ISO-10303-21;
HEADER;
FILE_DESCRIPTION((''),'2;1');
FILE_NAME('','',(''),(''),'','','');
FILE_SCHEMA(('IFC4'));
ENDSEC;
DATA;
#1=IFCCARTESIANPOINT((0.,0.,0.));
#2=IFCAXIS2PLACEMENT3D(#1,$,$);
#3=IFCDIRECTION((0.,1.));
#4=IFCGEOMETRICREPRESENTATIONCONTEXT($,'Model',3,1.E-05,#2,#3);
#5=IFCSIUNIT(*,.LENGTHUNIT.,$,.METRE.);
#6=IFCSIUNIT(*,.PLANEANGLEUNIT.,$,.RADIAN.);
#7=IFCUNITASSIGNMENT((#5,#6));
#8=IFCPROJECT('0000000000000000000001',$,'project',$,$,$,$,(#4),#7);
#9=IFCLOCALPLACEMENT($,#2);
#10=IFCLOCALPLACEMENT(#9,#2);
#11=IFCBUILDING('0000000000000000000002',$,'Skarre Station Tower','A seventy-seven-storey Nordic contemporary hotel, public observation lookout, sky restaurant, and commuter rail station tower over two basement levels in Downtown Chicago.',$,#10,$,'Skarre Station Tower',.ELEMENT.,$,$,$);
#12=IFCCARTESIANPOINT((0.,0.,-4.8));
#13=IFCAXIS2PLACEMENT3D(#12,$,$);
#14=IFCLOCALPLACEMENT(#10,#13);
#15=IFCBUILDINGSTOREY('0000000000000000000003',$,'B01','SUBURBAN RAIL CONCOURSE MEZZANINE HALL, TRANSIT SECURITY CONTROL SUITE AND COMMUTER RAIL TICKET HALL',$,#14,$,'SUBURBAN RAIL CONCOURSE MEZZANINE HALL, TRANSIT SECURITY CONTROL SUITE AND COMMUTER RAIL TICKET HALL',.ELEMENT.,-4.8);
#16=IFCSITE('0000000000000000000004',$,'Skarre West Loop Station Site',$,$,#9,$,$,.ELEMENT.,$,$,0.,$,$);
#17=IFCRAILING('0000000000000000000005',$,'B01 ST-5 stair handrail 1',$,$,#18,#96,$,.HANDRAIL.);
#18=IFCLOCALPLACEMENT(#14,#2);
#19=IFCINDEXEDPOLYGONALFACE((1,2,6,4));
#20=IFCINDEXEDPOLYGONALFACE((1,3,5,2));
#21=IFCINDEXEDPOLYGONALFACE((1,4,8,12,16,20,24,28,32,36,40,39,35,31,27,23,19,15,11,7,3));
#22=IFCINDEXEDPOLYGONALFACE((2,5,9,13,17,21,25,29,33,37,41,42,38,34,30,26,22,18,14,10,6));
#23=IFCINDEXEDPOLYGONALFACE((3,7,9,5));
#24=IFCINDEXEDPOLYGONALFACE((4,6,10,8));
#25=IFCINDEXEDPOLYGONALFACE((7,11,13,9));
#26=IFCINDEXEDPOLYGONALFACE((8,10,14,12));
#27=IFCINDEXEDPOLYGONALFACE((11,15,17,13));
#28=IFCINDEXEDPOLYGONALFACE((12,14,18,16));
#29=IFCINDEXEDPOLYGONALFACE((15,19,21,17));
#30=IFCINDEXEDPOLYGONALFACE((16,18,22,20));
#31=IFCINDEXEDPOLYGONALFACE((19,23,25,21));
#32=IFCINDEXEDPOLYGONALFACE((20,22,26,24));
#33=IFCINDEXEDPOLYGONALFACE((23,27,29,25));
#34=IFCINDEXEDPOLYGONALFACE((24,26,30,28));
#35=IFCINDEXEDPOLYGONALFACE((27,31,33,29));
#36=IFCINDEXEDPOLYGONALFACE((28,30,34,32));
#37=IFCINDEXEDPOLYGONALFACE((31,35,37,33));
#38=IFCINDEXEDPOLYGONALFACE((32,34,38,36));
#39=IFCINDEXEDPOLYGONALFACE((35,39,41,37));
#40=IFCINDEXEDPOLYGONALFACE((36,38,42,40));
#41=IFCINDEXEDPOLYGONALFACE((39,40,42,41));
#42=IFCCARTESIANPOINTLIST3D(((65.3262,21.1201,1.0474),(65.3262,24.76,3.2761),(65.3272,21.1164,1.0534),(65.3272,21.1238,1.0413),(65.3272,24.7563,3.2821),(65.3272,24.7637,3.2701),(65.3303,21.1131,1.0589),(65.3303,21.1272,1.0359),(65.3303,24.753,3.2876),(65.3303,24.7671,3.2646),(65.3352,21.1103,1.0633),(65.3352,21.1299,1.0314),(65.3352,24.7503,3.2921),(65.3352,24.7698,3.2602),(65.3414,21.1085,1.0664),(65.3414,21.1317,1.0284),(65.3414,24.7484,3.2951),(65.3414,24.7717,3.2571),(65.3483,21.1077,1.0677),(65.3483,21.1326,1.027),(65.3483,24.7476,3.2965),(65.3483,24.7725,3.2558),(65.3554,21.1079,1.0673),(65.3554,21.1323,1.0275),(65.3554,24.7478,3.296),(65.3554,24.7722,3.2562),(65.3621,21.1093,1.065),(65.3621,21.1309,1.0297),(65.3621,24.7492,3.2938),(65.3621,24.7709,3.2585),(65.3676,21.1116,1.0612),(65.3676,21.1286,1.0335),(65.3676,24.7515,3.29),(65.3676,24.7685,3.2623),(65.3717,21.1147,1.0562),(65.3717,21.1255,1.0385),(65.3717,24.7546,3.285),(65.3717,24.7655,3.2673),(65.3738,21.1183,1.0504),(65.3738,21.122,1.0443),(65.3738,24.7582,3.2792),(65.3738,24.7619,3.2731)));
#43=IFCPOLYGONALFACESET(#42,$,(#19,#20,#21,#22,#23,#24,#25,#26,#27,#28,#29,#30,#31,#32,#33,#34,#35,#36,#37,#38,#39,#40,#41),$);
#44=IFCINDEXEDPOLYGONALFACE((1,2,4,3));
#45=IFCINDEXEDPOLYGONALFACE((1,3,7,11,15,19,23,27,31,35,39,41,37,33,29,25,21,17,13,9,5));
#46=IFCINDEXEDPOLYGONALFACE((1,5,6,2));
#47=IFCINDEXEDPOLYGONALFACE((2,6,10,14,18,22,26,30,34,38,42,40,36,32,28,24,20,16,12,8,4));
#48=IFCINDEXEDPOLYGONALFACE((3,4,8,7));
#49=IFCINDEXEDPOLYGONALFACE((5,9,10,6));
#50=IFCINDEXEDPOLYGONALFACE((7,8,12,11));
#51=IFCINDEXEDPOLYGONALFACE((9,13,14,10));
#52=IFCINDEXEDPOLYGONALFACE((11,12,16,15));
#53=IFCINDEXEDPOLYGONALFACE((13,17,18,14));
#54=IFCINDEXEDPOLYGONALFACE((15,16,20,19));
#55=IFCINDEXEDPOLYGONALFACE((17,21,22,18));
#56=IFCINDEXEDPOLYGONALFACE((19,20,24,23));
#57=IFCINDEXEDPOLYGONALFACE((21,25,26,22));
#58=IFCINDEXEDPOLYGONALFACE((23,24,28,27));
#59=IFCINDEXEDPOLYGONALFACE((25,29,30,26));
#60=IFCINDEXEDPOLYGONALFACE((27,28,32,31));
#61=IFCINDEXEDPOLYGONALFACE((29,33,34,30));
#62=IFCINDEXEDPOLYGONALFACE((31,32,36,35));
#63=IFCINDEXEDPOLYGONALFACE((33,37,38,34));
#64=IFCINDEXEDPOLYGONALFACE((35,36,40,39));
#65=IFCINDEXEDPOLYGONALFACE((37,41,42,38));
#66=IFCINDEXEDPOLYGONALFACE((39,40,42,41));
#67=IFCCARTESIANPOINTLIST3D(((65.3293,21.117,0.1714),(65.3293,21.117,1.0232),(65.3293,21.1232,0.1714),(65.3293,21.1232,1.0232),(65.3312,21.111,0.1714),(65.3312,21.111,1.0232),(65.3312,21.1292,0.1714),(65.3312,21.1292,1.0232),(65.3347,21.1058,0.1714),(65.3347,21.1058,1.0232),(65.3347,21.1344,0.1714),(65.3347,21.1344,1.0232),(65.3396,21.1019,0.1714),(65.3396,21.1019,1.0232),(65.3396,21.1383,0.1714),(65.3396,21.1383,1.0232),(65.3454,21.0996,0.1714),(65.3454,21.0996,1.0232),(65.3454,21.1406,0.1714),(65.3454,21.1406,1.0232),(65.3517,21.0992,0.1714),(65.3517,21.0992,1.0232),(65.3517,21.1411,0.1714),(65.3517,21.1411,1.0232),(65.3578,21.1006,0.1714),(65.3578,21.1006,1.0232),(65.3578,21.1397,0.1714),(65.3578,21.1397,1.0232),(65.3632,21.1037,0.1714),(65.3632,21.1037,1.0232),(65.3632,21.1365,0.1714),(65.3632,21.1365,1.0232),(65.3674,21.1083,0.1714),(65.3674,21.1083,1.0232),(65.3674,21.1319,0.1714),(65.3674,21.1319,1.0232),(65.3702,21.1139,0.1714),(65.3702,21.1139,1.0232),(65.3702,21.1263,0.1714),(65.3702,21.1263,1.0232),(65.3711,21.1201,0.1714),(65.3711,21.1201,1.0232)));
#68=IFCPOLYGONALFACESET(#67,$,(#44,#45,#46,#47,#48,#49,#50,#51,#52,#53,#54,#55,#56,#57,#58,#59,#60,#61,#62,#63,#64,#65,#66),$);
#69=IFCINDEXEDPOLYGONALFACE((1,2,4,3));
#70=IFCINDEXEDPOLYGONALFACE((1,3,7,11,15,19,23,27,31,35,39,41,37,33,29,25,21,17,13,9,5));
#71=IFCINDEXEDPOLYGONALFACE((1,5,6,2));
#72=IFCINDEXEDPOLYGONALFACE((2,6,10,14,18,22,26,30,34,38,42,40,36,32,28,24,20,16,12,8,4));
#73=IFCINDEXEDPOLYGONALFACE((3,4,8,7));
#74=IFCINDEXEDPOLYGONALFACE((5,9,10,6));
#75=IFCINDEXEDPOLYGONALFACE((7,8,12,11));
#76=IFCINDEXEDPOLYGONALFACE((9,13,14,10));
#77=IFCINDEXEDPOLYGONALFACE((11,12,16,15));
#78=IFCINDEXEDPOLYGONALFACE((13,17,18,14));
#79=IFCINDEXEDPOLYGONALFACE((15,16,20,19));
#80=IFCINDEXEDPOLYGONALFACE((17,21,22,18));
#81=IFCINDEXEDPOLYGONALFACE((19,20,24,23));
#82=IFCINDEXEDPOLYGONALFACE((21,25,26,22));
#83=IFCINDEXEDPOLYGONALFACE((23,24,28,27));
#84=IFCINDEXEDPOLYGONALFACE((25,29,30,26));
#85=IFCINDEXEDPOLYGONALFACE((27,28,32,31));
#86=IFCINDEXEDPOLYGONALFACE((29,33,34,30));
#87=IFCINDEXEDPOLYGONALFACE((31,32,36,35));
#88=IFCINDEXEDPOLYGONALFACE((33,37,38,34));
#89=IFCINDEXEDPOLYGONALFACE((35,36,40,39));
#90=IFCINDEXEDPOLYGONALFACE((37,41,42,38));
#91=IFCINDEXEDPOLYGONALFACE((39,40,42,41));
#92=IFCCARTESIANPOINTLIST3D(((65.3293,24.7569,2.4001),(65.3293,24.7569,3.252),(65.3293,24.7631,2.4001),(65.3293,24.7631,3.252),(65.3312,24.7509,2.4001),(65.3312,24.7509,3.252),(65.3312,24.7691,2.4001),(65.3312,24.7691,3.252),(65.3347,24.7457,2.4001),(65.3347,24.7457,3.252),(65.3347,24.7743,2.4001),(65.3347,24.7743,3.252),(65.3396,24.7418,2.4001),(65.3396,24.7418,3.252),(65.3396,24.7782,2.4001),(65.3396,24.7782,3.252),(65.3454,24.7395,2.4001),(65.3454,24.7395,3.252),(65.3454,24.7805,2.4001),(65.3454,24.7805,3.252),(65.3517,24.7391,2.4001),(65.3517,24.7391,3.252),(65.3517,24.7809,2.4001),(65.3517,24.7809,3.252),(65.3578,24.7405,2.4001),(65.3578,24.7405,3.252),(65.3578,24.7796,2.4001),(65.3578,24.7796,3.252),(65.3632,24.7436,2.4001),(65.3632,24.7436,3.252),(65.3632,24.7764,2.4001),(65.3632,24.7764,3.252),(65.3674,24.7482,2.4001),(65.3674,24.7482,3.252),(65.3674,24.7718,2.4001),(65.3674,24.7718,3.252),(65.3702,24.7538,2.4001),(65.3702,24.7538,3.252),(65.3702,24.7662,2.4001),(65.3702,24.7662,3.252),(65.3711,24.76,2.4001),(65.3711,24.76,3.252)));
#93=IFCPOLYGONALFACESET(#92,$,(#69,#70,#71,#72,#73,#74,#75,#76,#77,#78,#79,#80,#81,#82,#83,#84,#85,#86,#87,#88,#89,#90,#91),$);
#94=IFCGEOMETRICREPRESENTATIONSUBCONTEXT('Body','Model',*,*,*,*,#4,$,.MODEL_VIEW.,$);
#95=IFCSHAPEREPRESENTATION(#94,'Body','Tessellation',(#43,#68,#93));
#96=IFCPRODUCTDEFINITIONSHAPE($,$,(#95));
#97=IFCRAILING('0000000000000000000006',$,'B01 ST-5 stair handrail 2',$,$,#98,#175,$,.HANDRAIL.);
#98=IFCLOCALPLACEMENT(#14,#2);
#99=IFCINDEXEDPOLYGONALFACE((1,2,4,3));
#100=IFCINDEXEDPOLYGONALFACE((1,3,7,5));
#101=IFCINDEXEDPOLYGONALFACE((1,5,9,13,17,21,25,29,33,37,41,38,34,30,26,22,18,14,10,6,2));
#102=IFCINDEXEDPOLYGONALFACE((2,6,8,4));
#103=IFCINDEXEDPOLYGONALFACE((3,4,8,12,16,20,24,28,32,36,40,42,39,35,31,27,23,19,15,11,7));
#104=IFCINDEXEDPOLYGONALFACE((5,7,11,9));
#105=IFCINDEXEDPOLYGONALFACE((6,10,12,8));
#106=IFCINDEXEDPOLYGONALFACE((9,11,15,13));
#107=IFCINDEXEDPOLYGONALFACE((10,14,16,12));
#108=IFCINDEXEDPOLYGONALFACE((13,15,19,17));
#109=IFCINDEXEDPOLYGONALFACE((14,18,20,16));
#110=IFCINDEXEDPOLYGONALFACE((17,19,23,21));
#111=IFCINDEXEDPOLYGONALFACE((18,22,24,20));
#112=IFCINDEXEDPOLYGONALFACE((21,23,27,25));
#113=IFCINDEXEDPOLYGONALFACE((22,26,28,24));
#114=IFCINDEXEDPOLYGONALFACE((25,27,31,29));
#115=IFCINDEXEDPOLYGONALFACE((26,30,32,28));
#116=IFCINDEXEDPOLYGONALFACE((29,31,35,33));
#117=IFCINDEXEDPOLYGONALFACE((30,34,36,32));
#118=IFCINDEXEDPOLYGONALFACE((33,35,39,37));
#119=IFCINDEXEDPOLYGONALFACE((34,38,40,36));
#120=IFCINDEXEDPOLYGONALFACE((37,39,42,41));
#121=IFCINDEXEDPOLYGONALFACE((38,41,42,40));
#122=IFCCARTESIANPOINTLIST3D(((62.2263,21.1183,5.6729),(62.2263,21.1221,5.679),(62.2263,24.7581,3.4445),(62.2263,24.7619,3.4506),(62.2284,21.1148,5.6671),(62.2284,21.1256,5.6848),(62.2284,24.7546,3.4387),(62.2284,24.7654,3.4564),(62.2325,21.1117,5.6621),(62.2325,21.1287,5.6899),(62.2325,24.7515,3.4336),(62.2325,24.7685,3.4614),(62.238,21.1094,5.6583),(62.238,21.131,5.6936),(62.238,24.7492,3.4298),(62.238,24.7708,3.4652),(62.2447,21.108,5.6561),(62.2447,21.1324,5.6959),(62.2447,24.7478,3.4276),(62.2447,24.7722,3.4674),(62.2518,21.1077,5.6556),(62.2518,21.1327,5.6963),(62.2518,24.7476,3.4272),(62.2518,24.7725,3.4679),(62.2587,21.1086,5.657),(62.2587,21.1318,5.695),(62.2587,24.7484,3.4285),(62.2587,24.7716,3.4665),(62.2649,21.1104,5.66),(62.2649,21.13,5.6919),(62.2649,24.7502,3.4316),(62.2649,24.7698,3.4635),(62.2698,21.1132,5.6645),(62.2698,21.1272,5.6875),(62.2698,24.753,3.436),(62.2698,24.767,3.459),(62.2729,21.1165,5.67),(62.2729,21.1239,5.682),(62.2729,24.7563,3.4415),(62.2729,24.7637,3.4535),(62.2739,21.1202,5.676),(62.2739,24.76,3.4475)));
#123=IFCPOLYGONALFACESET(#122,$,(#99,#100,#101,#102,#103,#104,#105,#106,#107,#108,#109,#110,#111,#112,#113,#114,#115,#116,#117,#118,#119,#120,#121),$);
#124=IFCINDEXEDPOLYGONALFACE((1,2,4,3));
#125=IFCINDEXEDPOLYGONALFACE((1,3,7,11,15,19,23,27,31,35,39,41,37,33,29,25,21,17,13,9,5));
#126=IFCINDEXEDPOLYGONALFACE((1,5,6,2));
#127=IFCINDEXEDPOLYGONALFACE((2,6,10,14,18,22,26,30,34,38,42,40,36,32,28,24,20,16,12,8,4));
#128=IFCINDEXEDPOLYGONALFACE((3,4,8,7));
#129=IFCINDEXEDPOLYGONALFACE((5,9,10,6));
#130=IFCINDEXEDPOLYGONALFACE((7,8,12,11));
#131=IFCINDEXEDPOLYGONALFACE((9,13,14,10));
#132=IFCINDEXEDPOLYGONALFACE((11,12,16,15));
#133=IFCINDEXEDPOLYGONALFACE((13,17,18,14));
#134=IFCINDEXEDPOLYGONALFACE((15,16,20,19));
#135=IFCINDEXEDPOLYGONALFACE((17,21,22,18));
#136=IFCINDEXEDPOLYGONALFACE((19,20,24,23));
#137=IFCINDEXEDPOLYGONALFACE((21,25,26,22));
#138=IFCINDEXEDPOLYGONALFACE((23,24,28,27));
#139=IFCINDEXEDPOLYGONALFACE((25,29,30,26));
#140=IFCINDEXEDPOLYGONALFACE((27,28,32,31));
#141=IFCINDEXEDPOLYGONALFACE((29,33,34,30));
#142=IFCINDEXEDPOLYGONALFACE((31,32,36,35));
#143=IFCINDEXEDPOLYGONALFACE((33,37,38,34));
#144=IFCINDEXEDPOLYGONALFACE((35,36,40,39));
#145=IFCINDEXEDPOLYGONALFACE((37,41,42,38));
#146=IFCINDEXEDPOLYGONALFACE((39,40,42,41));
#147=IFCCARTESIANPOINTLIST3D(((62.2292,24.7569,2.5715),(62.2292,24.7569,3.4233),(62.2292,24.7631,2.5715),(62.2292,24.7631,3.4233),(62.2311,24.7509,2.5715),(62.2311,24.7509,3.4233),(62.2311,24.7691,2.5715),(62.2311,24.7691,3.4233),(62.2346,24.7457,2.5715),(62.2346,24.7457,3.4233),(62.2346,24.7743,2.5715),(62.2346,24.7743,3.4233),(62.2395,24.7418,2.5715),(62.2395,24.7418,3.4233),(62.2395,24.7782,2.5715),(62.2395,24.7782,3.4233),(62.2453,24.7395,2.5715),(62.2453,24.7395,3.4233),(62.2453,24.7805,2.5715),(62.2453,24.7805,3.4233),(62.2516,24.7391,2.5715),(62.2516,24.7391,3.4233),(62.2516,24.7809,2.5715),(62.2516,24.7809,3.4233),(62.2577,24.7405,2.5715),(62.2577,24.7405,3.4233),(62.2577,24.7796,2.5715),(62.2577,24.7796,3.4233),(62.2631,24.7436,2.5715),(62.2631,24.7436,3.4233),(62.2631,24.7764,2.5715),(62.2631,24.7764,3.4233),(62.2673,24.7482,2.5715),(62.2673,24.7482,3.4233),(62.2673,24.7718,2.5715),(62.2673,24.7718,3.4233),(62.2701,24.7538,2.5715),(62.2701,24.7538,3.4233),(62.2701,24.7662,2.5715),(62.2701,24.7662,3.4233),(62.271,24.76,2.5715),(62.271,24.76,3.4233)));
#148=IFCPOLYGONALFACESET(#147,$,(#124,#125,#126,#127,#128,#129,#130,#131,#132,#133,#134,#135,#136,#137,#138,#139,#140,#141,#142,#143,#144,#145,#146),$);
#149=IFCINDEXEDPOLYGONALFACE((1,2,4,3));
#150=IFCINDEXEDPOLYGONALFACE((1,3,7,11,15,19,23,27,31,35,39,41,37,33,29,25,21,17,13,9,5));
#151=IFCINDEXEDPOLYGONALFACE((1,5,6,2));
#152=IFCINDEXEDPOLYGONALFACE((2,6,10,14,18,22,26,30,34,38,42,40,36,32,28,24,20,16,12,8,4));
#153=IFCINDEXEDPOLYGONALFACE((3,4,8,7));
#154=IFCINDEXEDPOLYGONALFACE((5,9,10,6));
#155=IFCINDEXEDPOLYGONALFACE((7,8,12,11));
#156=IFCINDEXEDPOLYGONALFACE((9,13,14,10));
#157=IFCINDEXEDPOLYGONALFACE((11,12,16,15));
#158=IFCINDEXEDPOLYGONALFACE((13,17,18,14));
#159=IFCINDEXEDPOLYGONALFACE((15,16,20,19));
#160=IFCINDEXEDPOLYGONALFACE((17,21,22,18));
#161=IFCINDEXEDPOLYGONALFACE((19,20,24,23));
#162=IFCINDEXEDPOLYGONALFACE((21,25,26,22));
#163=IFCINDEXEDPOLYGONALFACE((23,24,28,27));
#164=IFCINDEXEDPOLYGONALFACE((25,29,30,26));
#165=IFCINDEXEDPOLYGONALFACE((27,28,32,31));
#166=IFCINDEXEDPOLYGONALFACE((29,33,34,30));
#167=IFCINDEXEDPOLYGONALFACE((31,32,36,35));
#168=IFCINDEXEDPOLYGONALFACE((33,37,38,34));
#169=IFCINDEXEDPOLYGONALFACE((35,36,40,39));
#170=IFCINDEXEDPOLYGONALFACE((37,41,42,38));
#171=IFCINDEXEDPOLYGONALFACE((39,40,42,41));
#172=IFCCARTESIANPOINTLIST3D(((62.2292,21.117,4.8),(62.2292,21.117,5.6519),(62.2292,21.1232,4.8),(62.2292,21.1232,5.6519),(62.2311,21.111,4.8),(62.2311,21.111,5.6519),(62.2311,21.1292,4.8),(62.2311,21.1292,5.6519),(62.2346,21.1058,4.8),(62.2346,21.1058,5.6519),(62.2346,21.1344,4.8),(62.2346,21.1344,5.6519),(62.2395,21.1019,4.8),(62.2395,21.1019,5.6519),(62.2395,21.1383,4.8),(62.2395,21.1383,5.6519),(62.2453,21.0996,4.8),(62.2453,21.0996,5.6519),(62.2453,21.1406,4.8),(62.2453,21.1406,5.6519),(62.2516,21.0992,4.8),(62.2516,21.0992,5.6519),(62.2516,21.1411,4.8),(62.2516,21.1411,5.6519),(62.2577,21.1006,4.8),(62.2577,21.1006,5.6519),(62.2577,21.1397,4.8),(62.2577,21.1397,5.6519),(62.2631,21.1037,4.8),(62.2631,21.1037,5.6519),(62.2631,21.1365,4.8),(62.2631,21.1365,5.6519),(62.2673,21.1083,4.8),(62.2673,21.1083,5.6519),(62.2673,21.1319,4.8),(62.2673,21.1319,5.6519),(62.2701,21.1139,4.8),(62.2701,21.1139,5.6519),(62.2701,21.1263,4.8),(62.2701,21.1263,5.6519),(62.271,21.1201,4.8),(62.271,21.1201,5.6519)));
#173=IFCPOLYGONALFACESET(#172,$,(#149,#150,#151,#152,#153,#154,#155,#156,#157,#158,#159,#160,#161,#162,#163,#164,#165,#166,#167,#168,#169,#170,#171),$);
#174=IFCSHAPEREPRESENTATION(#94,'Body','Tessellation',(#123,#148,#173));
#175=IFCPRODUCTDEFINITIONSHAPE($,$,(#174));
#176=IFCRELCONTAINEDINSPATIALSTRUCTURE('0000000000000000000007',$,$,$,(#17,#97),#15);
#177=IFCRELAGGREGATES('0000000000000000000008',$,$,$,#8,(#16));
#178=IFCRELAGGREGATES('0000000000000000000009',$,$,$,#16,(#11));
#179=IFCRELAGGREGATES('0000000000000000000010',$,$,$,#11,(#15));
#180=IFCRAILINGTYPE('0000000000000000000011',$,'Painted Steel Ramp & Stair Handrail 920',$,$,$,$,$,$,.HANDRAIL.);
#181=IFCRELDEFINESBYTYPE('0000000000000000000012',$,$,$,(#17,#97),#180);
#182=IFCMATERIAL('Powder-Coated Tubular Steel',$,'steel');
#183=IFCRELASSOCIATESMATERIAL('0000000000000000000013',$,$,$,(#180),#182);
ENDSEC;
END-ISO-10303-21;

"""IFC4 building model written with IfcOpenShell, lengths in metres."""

from ifc_helpers import new_model, si_unit, direction, frame, origin, origin_2d, place, context, subcontext, project, spatial, circle, extrude, material, type_object, element, save


model = new_model("IFC4")

# Units and contexts
model_context = context("Model", 3, precision=1e-05, world=origin(), true_north=direction((0.0, 1.0)))
body_context = subcontext(model_context, "Body", "Model", "MODEL_VIEW")
ifc_project = project(units=[si_unit("LENGTHUNIT", "METRE"), si_unit("PLANEANGLEUNIT", "RADIAN")], contexts=[model_context])

# Site, building, storey
site_placement = place(None, origin())
site = spatial("IfcSite", under=ifc_project, at=site_placement, Name="Skarre West Loop Station Site", CompositionType="ELEMENT", RefElevation=0.0)
building_placement = place(site_placement, origin())
building = spatial("IfcBuilding", under=site, at=building_placement, Name="Skarre Station Tower", Description="A seventy-seven-storey Nordic contemporary hotel, public observation lookout, sky restaurant, and commuter rail station tower over two basement levels in Downtown Chicago.", LongName="Skarre Station Tower", CompositionType="ELEMENT")
storey_placement = place(building_placement, frame((0.0, 0.0, -4.8)))
storey = spatial("IfcBuildingStorey", under=building, at=storey_placement, Name="B01", Description="SUBURBAN RAIL CONCOURSE MEZZANINE HALL, TRANSIT SECURITY CONTROL SUITE AND COMMUTER RAIL TICKET HALL", LongName="SUBURBAN RAIL CONCOURSE MEZZANINE HALL, TRANSIT SECURITY CONTROL SUITE AND COMMUTER RAIL TICKET HALL", CompositionType="ELEMENT", Elevation=-4.8)

# Railings
ifc_material_1 = material(Name="Powder-Coated Tubular Steel", Category="steel")
railing_type_1 = type_object("IfcRailingType", Name="Painted Steel Ramp & Stair Handrail 920", PredefinedType="HANDRAIL", material=ifc_material_1)
railing_1_placement = place(storey_placement, frame((65.3501, 21.1201, 0.1714)))
element("IfcRailing", 1, at=railing_1_placement, inside=storey, type_object=railing_type_1, Name="B01 ST-5 stair handrail 1", PredefinedType="HANDRAIL", context=body_context, shape_type="SweptSolid", body=[
    extrude(circle(Radius=0.0239, at=origin_2d()), frame((0.0, 0.0, 0.876), z_axis=(0.0, 0.852825, 0.522197), x_axis=(-1.0, 0.0, 0.0)), (0.0, 0.0, 1.0), 4.2681),
    extrude(circle(Radius=0.021, at=origin_2d()), origin(), (0.0, 0.0, 1.0), 0.8518),
    extrude(circle(Radius=0.021, at=origin_2d()), frame((0.0, 3.6399, 2.2288)), (0.0, 0.0, 1.0), 0.8518),
])
railing_2_placement = place(storey_placement, frame((62.25, 24.76, 2.5715)))
element("IfcRailing", 2, at=railing_2_placement, inside=storey, type_object=railing_type_1, Name="B01 ST-5 stair handrail 2", PredefinedType="HANDRAIL", context=body_context, shape_type="SweptSolid", body=[
    extrude(circle(Radius=0.0239, at=origin_2d()), frame((0.0, 0.0, 0.876), z_axis=(0.0, -0.85285, 0.522156), x_axis=(1.0, 0.0, 0.0)), (0.0, 0.0, 1.0), 4.2678),
    extrude(circle(Radius=0.021, at=origin_2d()), origin(), (0.0, 0.0, 1.0), 0.8518),
    extrude(circle(Radius=0.021, at=origin_2d()), frame((0.0, -3.6399, 2.2285)), (0.0, 0.0, 1.0), 0.8518),
])

save(model, "model.ifc")
